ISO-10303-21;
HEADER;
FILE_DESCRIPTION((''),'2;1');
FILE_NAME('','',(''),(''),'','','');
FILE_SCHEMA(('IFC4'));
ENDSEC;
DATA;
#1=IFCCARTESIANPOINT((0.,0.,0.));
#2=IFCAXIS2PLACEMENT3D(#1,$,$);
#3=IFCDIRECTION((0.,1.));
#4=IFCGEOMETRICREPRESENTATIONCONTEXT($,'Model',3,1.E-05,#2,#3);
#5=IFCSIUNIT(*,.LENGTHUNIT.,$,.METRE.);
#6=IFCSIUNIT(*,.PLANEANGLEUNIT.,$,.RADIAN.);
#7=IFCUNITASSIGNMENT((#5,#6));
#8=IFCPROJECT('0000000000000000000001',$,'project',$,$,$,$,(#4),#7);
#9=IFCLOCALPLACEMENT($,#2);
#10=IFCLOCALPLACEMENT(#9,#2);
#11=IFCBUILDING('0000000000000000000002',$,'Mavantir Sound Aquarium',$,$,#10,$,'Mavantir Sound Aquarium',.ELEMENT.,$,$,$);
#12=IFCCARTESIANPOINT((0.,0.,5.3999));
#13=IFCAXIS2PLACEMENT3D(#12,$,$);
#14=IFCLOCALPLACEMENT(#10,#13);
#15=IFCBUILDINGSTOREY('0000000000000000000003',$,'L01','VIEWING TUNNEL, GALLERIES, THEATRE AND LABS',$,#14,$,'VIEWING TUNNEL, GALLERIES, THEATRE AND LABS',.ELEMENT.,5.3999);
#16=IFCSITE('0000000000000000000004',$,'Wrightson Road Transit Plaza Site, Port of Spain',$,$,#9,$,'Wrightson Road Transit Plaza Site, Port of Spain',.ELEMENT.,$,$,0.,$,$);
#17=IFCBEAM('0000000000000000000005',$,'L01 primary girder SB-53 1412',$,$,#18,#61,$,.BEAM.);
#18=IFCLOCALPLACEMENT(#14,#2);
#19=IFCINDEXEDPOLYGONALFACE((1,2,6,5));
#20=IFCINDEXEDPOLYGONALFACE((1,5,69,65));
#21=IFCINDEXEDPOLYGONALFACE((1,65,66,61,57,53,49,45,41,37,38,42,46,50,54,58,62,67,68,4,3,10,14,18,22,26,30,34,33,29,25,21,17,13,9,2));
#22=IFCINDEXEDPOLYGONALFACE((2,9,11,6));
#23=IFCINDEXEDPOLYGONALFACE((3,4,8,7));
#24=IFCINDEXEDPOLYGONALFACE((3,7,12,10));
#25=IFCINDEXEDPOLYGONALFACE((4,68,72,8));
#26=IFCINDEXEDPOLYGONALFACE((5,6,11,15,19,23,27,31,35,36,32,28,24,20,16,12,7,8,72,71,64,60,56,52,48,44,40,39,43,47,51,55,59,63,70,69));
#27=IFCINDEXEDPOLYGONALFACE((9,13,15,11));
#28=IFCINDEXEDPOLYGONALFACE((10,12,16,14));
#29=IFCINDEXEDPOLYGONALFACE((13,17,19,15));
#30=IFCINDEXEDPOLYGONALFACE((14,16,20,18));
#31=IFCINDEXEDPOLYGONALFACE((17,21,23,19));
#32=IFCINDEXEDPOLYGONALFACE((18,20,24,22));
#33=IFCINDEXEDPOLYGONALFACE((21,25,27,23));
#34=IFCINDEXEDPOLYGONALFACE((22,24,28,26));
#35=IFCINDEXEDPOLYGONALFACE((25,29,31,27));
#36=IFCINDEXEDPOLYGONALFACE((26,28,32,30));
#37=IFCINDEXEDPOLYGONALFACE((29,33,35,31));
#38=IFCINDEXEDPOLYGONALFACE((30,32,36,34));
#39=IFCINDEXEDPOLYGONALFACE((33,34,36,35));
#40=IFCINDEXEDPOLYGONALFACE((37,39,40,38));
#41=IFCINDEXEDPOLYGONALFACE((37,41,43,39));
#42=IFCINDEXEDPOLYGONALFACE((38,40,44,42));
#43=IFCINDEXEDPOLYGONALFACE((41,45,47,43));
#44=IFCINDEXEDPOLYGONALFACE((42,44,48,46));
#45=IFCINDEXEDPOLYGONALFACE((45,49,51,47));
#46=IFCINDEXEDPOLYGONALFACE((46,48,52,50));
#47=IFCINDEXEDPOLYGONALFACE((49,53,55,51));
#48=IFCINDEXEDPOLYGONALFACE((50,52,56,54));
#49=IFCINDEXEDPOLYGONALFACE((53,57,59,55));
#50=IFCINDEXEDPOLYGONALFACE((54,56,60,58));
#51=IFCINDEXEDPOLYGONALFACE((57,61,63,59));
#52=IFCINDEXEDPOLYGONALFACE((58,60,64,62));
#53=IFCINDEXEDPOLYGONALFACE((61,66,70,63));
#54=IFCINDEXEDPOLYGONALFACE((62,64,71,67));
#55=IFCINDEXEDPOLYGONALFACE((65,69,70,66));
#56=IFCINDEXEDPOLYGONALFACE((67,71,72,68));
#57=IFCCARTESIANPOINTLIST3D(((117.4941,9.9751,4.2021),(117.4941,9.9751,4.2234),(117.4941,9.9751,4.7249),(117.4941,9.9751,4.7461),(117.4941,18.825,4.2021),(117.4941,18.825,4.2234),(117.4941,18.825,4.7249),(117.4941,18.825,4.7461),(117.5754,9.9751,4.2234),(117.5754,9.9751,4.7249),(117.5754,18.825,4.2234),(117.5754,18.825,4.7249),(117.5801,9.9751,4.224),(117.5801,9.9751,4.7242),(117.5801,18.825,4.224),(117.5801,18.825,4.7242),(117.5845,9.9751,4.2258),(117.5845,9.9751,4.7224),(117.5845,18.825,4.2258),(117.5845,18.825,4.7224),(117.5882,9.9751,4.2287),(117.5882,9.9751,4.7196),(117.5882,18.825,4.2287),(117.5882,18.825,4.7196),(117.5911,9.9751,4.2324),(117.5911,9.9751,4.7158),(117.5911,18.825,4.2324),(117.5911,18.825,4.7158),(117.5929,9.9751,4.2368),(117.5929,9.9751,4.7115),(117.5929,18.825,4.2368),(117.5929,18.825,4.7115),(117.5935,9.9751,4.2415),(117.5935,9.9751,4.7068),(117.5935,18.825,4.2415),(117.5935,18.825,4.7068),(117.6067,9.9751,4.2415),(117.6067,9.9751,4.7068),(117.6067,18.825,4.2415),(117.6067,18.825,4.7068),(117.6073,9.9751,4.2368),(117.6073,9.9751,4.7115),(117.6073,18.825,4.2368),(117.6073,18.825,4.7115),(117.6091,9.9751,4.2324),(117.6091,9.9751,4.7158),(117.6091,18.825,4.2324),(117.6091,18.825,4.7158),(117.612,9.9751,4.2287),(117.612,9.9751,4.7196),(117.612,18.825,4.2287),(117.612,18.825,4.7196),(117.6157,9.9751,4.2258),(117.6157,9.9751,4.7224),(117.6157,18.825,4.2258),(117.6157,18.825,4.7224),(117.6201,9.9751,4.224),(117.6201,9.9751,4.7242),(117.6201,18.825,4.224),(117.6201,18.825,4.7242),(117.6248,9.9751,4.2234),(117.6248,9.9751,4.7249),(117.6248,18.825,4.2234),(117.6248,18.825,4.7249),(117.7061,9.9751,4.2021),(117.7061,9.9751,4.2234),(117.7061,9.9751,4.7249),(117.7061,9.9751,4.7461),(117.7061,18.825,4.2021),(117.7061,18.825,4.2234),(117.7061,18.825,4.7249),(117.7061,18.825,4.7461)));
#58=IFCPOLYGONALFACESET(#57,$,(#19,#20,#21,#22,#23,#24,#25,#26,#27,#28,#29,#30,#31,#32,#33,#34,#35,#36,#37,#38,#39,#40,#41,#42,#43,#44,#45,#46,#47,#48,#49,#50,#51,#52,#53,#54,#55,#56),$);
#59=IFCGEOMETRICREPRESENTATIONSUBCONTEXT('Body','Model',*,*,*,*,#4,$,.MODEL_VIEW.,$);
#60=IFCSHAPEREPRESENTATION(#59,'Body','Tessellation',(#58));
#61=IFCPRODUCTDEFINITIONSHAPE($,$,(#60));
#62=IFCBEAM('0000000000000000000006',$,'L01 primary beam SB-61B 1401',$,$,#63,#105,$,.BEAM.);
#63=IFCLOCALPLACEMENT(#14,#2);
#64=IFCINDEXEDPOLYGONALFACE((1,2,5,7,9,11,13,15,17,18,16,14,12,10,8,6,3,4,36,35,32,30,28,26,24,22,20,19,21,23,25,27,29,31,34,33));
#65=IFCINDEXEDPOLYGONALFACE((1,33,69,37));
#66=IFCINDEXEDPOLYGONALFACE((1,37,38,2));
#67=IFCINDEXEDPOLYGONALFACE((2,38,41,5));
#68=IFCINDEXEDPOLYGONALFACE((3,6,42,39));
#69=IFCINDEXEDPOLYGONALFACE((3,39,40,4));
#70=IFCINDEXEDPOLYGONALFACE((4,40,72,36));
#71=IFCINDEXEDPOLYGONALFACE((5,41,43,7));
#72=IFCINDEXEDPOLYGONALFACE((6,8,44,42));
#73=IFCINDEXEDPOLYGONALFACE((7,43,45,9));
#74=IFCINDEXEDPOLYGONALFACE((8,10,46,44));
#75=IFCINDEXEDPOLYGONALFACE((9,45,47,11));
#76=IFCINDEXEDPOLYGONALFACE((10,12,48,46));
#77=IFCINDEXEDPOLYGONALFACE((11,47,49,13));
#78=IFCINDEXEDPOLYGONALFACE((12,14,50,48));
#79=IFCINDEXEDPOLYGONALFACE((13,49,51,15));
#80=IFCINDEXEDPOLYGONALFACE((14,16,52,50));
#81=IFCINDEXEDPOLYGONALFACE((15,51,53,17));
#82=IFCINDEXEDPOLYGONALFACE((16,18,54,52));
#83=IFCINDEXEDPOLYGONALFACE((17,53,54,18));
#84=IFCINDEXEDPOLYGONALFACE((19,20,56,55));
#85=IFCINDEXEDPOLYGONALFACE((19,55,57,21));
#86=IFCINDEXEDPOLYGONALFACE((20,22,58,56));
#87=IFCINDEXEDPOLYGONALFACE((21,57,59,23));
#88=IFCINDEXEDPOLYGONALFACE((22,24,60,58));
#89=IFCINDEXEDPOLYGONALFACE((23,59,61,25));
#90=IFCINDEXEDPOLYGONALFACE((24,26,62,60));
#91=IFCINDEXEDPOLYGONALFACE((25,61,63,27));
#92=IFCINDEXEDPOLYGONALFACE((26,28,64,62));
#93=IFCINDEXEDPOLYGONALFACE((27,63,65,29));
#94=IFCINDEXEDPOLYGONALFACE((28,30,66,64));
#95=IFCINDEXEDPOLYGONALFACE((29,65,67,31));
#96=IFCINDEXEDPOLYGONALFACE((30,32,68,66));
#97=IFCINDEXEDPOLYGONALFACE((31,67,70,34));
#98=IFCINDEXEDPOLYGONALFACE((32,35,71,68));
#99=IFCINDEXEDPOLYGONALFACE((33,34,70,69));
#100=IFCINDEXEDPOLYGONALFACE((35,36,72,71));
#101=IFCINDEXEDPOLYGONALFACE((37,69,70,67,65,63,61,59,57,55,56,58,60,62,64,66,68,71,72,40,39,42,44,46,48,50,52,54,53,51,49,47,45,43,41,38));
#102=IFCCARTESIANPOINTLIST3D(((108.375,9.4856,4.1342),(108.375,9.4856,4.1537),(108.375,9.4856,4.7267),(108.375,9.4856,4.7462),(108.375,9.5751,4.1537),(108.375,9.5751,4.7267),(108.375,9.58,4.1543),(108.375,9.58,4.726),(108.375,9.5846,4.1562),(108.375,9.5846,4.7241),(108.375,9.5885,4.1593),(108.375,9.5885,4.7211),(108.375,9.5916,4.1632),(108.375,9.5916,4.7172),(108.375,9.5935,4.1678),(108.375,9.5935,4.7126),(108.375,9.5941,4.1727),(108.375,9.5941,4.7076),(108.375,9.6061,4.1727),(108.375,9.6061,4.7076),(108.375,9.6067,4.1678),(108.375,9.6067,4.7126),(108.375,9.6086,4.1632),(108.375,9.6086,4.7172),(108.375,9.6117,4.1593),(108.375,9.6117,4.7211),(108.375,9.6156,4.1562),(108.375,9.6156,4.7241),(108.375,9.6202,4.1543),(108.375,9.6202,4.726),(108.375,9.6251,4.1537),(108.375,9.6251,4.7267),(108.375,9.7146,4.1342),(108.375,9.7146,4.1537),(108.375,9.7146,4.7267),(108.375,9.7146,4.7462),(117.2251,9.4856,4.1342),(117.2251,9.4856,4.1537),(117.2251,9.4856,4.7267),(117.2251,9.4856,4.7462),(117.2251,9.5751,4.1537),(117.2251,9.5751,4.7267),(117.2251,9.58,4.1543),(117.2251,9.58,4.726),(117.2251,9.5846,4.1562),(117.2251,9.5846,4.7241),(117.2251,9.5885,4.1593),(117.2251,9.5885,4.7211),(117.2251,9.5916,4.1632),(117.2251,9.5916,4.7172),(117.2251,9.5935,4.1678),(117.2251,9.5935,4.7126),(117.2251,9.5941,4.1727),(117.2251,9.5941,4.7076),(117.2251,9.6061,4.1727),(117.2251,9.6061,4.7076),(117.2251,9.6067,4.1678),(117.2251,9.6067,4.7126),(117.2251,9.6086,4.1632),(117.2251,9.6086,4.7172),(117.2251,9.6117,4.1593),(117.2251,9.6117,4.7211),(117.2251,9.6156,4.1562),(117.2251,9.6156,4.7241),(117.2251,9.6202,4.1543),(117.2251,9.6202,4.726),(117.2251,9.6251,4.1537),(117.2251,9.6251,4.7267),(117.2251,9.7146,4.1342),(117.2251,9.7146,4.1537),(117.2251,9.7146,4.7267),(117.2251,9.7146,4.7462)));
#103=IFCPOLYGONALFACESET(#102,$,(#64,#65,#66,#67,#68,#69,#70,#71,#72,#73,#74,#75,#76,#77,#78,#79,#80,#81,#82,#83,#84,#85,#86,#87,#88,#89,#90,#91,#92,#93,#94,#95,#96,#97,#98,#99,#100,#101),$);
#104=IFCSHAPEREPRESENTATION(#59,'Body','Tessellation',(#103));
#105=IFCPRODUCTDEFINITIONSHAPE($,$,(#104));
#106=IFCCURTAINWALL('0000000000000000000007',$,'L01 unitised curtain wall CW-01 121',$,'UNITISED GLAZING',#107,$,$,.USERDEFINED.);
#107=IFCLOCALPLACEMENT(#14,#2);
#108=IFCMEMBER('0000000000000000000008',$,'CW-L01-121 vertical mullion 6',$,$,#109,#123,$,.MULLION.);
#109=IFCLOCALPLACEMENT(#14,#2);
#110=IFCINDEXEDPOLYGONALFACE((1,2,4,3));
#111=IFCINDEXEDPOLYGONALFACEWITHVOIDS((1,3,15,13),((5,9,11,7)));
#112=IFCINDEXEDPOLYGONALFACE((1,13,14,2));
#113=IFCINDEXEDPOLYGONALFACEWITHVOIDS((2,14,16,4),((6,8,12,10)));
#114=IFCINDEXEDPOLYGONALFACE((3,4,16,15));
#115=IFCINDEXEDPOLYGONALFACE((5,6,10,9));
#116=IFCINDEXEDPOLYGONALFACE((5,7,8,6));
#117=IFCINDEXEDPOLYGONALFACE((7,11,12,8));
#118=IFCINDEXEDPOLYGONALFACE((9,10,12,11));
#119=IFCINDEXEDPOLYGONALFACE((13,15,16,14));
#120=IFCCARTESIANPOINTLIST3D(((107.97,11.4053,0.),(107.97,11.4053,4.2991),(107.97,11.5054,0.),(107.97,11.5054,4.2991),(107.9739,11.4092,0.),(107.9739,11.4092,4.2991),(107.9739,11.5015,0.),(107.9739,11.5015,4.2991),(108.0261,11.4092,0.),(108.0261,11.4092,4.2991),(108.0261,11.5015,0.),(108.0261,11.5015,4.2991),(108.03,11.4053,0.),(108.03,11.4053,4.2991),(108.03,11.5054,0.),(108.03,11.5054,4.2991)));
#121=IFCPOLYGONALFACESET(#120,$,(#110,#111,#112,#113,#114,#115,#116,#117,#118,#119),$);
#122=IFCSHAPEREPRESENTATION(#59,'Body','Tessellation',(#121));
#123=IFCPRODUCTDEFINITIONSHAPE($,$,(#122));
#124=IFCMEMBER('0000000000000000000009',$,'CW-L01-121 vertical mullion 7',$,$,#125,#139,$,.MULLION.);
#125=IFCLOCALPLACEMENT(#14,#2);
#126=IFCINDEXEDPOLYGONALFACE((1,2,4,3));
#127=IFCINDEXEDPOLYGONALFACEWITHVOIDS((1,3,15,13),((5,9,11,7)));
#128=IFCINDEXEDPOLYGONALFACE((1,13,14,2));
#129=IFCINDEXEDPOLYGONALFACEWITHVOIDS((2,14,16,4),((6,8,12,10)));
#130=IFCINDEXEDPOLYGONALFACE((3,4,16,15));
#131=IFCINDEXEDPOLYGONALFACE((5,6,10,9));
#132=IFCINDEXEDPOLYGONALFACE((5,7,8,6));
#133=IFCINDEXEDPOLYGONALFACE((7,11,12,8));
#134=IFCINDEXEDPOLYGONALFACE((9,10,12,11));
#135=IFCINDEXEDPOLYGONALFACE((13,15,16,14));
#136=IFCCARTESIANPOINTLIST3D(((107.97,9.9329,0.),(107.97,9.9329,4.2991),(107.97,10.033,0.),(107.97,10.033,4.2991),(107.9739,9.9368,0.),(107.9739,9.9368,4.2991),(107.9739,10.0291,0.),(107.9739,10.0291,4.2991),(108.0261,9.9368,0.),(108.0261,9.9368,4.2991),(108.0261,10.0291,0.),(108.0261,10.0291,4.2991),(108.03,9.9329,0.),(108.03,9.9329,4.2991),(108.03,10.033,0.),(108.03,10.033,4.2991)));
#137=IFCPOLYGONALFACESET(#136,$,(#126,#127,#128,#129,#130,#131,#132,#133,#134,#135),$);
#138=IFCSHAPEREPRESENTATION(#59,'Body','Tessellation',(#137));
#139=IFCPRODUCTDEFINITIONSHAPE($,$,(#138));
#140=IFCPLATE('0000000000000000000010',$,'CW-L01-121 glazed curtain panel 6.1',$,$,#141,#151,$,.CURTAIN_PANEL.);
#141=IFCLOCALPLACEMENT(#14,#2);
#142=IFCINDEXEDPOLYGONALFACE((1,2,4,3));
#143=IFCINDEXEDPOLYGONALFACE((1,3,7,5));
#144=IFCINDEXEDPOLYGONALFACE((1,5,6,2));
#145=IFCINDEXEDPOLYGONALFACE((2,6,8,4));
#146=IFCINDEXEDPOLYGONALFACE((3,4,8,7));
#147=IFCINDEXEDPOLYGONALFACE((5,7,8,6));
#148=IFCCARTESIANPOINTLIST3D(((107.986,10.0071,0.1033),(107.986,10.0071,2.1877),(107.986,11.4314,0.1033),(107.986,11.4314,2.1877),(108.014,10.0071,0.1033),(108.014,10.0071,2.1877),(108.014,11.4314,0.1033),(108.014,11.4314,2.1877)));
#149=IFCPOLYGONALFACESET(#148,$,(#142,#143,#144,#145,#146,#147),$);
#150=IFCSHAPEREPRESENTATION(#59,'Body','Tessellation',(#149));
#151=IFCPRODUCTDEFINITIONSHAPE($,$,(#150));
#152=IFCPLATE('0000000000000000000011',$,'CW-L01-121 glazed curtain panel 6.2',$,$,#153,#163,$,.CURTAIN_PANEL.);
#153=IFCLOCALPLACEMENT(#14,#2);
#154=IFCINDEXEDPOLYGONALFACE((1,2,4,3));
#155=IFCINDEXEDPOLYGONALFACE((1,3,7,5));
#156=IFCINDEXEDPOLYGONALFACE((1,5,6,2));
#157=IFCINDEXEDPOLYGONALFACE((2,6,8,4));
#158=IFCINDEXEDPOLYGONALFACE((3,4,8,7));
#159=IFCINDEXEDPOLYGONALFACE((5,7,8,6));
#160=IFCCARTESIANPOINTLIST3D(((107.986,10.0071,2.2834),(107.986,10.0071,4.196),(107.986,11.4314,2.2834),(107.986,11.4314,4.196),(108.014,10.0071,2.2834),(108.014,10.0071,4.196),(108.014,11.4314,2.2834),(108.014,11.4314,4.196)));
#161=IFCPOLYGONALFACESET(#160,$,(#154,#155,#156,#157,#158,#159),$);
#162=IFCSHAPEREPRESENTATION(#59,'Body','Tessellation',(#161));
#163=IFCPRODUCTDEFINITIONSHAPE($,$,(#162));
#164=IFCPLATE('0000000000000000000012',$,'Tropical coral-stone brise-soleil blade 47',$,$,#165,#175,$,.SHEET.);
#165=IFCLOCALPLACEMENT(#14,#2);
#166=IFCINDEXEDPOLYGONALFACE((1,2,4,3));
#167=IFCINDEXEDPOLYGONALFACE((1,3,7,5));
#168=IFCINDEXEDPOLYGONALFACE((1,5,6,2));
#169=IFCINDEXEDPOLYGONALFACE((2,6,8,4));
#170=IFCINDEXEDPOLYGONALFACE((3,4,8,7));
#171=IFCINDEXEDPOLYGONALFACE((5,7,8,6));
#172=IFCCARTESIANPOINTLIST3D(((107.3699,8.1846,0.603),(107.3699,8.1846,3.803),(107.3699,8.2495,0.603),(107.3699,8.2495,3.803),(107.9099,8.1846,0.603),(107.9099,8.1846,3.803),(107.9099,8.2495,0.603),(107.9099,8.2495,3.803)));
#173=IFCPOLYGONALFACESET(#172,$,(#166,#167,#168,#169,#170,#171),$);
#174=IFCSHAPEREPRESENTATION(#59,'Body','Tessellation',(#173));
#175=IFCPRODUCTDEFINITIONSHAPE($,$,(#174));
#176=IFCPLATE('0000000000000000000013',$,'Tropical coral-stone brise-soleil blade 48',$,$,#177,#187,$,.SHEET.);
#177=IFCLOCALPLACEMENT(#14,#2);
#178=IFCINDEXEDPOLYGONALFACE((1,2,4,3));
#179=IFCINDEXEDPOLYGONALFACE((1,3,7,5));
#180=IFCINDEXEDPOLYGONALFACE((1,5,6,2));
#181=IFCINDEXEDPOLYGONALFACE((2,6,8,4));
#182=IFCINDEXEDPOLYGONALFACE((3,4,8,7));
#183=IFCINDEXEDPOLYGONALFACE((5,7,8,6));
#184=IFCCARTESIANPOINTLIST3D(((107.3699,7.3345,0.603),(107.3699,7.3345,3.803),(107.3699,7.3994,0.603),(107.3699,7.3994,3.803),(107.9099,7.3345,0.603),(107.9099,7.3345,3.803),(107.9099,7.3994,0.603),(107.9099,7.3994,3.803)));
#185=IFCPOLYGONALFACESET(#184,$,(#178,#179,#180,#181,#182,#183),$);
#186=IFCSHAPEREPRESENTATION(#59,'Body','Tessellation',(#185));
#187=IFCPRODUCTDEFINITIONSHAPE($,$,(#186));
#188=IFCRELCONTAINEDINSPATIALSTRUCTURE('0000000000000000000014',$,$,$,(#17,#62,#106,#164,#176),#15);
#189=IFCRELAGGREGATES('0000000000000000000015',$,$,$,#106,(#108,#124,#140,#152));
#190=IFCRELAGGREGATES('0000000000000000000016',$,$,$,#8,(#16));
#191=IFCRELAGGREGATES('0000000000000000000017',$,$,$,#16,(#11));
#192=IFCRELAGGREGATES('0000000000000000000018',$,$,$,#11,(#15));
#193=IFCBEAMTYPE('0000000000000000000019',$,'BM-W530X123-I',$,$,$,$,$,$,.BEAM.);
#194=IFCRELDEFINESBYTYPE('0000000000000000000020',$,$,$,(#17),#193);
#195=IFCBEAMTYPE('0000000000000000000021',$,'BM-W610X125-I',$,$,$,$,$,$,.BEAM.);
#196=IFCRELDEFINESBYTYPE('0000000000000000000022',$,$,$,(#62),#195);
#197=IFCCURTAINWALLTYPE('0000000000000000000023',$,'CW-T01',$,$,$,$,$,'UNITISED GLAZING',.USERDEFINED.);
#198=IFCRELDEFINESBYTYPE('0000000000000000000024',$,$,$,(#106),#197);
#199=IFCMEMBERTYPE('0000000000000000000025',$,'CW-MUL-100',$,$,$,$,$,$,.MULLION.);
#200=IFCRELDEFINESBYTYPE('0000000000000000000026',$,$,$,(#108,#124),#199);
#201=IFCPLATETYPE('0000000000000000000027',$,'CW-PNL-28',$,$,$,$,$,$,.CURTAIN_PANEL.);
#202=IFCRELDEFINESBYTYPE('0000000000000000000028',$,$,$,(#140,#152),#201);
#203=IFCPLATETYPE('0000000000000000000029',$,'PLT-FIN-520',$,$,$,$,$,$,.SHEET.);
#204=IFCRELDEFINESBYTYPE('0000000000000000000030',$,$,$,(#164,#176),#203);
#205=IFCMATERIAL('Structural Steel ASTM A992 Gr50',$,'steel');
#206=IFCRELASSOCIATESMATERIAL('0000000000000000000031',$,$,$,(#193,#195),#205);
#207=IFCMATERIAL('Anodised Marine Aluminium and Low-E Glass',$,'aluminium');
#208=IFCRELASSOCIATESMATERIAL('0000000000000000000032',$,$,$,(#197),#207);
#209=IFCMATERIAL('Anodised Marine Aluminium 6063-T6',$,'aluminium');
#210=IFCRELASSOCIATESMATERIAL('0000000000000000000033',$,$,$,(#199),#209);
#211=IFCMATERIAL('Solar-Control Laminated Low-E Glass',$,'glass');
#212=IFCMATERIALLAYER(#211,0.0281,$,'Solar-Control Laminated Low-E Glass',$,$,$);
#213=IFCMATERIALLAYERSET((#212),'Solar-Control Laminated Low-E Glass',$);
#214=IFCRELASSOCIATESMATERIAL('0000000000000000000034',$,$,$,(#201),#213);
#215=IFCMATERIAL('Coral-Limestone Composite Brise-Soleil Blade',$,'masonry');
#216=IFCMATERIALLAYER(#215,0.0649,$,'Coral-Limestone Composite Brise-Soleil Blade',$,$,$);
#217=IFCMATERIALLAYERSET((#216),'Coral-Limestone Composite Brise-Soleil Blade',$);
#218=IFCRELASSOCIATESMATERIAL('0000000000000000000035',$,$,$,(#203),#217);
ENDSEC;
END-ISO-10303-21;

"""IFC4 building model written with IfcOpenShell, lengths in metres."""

from ifc_helpers import new_model, si_unit, direction, frame, origin, origin_2d, place, context, subcontext, project, spatial, rectangle, hollow_rectangle, i_section, extrude, material, layer, layer_set, material_profile, profile_set, type_object, element, aggregate, save


model = new_model("IFC4")

# Units and contexts
model_context = context("Model", 3, precision=1e-05, world=origin(), true_north=direction((0.0, 1.0)))
body_context = subcontext(model_context, "Body", "Model", "MODEL_VIEW")
ifc_project = project(units=[si_unit("LENGTHUNIT", "METRE"), si_unit("PLANEANGLEUNIT", "RADIAN")], contexts=[model_context])

# Site, building, storey
site_placement = place(None, origin())
site = spatial("IfcSite", under=ifc_project, at=site_placement, Name="Wrightson Road Transit Plaza Site, Port of Spain", LongName="Wrightson Road Transit Plaza Site, Port of Spain", CompositionType="ELEMENT", RefElevation=0.0)
building_placement = place(site_placement, origin())
building = spatial("IfcBuilding", under=site, at=building_placement, Name="Mavantir Sound Aquarium", LongName="Mavantir Sound Aquarium", CompositionType="ELEMENT")
storey_placement = place(building_placement, frame((0.0, 0.0, 5.3999)))
storey = spatial("IfcBuildingStorey", under=building, at=storey_placement, Name="L01", Description="VIEWING TUNNEL, GALLERIES, THEATRE AND LABS", LongName="VIEWING TUNNEL, GALLERIES, THEATRE AND LABS", CompositionType="ELEMENT", Elevation=5.3999)

# Beams
ifc_material_1 = material(Name="Structural Steel ASTM A992 Gr50", Category="steel")
ifc_material_profile_1 = material_profile(ifc_material_1, i_section(OverallWidth=0.2119, OverallDepth=0.5439, WebThickness=0.0132, FlangeThickness=0.0212, FilletRadius=0.0181, at=origin_2d()), Name="W530X123")
ifc_profile_set_1 = profile_set([ifc_material_profile_1], Name="Structural Steel ASTM A992 Gr50")
beam_type_1 = type_object("IfcBeamType", Name="BM-W530X123-I", PredefinedType="BEAM", material=ifc_profile_set_1)
beam_1_placement = place(storey_placement, frame((117.6001, 9.9751, 4.4741), z_axis=(0.0, 1.0, 0.0), x_axis=(-1.0, 0.0, 0.0)))
element("IfcBeam", 1, at=beam_1_placement, inside=storey, type_object=beam_type_1, Name="L01 primary girder SB-53 1412", PredefinedType="BEAM", context=body_context, shape_type="SweptSolid", body=[
    extrude(i_section(OverallWidth=0.2119, OverallDepth=0.5439, WebThickness=0.0132, FlangeThickness=0.0212, FilletRadius=0.0181, at=origin_2d()), origin(), (0.0, 0.0, 1.0), 8.8499),
])
ifc_material_profile_2 = material_profile(ifc_material_1, i_section(OverallWidth=0.229, OverallDepth=0.6121, WebThickness=0.012, FlangeThickness=0.0195, FilletRadius=0.019, at=origin_2d()), Name="W610X125")
ifc_profile_set_2 = profile_set([ifc_material_profile_2], Name="Structural Steel ASTM A992 Gr50")
beam_type_2 = type_object("IfcBeamType", Name="BM-W610X125-I", PredefinedType="BEAM", material=ifc_profile_set_2)
beam_2_placement = place(storey_placement, frame((108.375, 9.6001, 4.4402), z_axis=(1.0, 0.0, 0.0), x_axis=(0.0, 1.0, 0.0)))
element("IfcBeam", 2, at=beam_2_placement, inside=storey, type_object=beam_type_2, Name="L01 primary beam SB-61B 1401", PredefinedType="BEAM", context=body_context, shape_type="SweptSolid", body=[
    extrude(i_section(OverallWidth=0.229, OverallDepth=0.6121, WebThickness=0.012, FlangeThickness=0.0195, FilletRadius=0.019, at=origin_2d()), origin(), (0.0, 0.0, 1.0), 8.8501),
])

# Curtain wall, members, plates
ifc_material_2 = material(Name="Anodised Marine Aluminium and Low-E Glass", Category="aluminium")
curtain_wall_type = type_object("IfcCurtainWallType", Name="CW-T01", ElementType="UNITISED GLAZING", PredefinedType="USERDEFINED", material=ifc_material_2)
curtain_wall_placement = place(storey_placement, origin())
curtain_wall = element("IfcCurtainWall", 3, at=curtain_wall_placement, inside=storey, type_object=curtain_wall_type, Name="L01 unitised curtain wall CW-01 121", ObjectType="UNITISED GLAZING", PredefinedType="USERDEFINED")
ifc_material_3 = material(Name="Anodised Marine Aluminium 6063-T6", Category="aluminium")
ifc_material_profile_3 = material_profile(ifc_material_3, hollow_rectangle(XDim=0.0601, YDim=0.1001, WallThickness=0.0039, at=origin_2d()), Name="ALU-MULLION-100X60")
ifc_profile_set_3 = profile_set([ifc_material_profile_3], Name="Anodised Marine Aluminium 6063-T6")
member_type = type_object("IfcMemberType", Name="CW-MUL-100", PredefinedType="MULLION", material=ifc_profile_set_3)
member_1_placement = place(storey_placement, frame((108.0, 11.4553, 0.0), z_axis=(0.0, 0.0, 1.0), x_axis=(1.0, 0.0, 0.0)))
member_1 = element("IfcMember", 4, at=member_1_placement, type_object=member_type, Name="CW-L01-121 vertical mullion 6", PredefinedType="MULLION", context=body_context, shape_type="SweptSolid", body=[
    extrude(hollow_rectangle(XDim=0.0601, YDim=0.1001, WallThickness=0.0039, at=origin_2d()), origin(), (0.0, 0.0, 1.0), 4.2991),
])
member_2_placement = place(storey_placement, frame((108.0, 9.9829, 0.0), z_axis=(0.0, 0.0, 1.0), x_axis=(1.0, 0.0, 0.0)))
member_2 = element("IfcMember", 5, at=member_2_placement, type_object=member_type, Name="CW-L01-121 vertical mullion 7", PredefinedType="MULLION", context=body_context, shape_type="SweptSolid", body=[
    extrude(hollow_rectangle(XDim=0.0601, YDim=0.1001, WallThickness=0.0039, at=origin_2d()), origin(), (0.0, 0.0, 1.0), 4.2991),
])
ifc_material_4 = material(Name="Solar-Control Laminated Low-E Glass", Category="glass")
ifc_layer_1 = layer(ifc_material_4, 0.0281, Name="Solar-Control Laminated Low-E Glass")
ifc_layer_set_1 = layer_set([ifc_layer_1], Name="Solar-Control Laminated Low-E Glass")
plate_type_1 = type_object("IfcPlateType", Name="CW-PNL-28", PredefinedType="CURTAIN_PANEL", material=ifc_layer_set_1)
plate_1_placement = place(storey_placement, frame((108.0, 10.7192, 0.1033), z_axis=(0.0, 0.0, 1.0), x_axis=(0.0, -1.0, 0.0)))
plate_1 = element("IfcPlate", 6, at=plate_1_placement, type_object=plate_type_1, Name="CW-L01-121 glazed curtain panel 6.1", PredefinedType="CURTAIN_PANEL", context=body_context, shape_type="SweptSolid", body=[
    extrude(rectangle(XDim=1.4243, YDim=0.0281, at=origin_2d()), origin(), (0.0, 0.0, 1.0), 2.0845),
])
plate_2_placement = place(storey_placement, frame((108.0, 10.7192, 2.2834), z_axis=(0.0, 0.0, 1.0), x_axis=(0.0, -1.0, 0.0)))
plate_2 = element("IfcPlate", 7, at=plate_2_placement, type_object=plate_type_1, Name="CW-L01-121 glazed curtain panel 6.2", PredefinedType="CURTAIN_PANEL", context=body_context, shape_type="SweptSolid", body=[
    extrude(rectangle(XDim=1.4243, YDim=0.0281, at=origin_2d()), origin(), (0.0, 0.0, 1.0), 1.9126),
])
aggregate(curtain_wall, [member_1, member_2, plate_1, plate_2])

# Plates
ifc_material_5 = material(Name="Coral-Limestone Composite Brise-Soleil Blade", Category="masonry")
ifc_layer_2 = layer(ifc_material_5, 0.0649, Name="Coral-Limestone Composite Brise-Soleil Blade")
ifc_layer_set_2 = layer_set([ifc_layer_2], Name="Coral-Limestone Composite Brise-Soleil Blade")
plate_type_2 = type_object("IfcPlateType", Name="PLT-FIN-520", PredefinedType="SHEET", material=ifc_layer_set_2)
for number, where, z_axis, x_axis, name in (
    (8, (107.6399, 8.217, 0.603), (0.0, 0.0, 1.0), (0.0, 1.0, 0.0), "Tropical coral-stone brise-soleil blade 47"),
    (9, (107.6399, 7.3669, 0.603), (0.0, 0.0, 1.0), (0.0, 1.0, 0.0), "Tropical coral-stone brise-soleil blade 48"),
):
    element("IfcPlate", number, at=place(storey_placement, frame(where, z_axis=z_axis, x_axis=x_axis)), inside=storey, type_object=plate_type_2, Name=name, PredefinedType="SHEET", context=body_context, shape_type="SweptSolid", body=[
        extrude(rectangle(XDim=0.0649, YDim=0.54, at=origin_2d()), origin(), (0.0, 0.0, 1.0), 3.2),
    ])

save(model, "model.ifc")
